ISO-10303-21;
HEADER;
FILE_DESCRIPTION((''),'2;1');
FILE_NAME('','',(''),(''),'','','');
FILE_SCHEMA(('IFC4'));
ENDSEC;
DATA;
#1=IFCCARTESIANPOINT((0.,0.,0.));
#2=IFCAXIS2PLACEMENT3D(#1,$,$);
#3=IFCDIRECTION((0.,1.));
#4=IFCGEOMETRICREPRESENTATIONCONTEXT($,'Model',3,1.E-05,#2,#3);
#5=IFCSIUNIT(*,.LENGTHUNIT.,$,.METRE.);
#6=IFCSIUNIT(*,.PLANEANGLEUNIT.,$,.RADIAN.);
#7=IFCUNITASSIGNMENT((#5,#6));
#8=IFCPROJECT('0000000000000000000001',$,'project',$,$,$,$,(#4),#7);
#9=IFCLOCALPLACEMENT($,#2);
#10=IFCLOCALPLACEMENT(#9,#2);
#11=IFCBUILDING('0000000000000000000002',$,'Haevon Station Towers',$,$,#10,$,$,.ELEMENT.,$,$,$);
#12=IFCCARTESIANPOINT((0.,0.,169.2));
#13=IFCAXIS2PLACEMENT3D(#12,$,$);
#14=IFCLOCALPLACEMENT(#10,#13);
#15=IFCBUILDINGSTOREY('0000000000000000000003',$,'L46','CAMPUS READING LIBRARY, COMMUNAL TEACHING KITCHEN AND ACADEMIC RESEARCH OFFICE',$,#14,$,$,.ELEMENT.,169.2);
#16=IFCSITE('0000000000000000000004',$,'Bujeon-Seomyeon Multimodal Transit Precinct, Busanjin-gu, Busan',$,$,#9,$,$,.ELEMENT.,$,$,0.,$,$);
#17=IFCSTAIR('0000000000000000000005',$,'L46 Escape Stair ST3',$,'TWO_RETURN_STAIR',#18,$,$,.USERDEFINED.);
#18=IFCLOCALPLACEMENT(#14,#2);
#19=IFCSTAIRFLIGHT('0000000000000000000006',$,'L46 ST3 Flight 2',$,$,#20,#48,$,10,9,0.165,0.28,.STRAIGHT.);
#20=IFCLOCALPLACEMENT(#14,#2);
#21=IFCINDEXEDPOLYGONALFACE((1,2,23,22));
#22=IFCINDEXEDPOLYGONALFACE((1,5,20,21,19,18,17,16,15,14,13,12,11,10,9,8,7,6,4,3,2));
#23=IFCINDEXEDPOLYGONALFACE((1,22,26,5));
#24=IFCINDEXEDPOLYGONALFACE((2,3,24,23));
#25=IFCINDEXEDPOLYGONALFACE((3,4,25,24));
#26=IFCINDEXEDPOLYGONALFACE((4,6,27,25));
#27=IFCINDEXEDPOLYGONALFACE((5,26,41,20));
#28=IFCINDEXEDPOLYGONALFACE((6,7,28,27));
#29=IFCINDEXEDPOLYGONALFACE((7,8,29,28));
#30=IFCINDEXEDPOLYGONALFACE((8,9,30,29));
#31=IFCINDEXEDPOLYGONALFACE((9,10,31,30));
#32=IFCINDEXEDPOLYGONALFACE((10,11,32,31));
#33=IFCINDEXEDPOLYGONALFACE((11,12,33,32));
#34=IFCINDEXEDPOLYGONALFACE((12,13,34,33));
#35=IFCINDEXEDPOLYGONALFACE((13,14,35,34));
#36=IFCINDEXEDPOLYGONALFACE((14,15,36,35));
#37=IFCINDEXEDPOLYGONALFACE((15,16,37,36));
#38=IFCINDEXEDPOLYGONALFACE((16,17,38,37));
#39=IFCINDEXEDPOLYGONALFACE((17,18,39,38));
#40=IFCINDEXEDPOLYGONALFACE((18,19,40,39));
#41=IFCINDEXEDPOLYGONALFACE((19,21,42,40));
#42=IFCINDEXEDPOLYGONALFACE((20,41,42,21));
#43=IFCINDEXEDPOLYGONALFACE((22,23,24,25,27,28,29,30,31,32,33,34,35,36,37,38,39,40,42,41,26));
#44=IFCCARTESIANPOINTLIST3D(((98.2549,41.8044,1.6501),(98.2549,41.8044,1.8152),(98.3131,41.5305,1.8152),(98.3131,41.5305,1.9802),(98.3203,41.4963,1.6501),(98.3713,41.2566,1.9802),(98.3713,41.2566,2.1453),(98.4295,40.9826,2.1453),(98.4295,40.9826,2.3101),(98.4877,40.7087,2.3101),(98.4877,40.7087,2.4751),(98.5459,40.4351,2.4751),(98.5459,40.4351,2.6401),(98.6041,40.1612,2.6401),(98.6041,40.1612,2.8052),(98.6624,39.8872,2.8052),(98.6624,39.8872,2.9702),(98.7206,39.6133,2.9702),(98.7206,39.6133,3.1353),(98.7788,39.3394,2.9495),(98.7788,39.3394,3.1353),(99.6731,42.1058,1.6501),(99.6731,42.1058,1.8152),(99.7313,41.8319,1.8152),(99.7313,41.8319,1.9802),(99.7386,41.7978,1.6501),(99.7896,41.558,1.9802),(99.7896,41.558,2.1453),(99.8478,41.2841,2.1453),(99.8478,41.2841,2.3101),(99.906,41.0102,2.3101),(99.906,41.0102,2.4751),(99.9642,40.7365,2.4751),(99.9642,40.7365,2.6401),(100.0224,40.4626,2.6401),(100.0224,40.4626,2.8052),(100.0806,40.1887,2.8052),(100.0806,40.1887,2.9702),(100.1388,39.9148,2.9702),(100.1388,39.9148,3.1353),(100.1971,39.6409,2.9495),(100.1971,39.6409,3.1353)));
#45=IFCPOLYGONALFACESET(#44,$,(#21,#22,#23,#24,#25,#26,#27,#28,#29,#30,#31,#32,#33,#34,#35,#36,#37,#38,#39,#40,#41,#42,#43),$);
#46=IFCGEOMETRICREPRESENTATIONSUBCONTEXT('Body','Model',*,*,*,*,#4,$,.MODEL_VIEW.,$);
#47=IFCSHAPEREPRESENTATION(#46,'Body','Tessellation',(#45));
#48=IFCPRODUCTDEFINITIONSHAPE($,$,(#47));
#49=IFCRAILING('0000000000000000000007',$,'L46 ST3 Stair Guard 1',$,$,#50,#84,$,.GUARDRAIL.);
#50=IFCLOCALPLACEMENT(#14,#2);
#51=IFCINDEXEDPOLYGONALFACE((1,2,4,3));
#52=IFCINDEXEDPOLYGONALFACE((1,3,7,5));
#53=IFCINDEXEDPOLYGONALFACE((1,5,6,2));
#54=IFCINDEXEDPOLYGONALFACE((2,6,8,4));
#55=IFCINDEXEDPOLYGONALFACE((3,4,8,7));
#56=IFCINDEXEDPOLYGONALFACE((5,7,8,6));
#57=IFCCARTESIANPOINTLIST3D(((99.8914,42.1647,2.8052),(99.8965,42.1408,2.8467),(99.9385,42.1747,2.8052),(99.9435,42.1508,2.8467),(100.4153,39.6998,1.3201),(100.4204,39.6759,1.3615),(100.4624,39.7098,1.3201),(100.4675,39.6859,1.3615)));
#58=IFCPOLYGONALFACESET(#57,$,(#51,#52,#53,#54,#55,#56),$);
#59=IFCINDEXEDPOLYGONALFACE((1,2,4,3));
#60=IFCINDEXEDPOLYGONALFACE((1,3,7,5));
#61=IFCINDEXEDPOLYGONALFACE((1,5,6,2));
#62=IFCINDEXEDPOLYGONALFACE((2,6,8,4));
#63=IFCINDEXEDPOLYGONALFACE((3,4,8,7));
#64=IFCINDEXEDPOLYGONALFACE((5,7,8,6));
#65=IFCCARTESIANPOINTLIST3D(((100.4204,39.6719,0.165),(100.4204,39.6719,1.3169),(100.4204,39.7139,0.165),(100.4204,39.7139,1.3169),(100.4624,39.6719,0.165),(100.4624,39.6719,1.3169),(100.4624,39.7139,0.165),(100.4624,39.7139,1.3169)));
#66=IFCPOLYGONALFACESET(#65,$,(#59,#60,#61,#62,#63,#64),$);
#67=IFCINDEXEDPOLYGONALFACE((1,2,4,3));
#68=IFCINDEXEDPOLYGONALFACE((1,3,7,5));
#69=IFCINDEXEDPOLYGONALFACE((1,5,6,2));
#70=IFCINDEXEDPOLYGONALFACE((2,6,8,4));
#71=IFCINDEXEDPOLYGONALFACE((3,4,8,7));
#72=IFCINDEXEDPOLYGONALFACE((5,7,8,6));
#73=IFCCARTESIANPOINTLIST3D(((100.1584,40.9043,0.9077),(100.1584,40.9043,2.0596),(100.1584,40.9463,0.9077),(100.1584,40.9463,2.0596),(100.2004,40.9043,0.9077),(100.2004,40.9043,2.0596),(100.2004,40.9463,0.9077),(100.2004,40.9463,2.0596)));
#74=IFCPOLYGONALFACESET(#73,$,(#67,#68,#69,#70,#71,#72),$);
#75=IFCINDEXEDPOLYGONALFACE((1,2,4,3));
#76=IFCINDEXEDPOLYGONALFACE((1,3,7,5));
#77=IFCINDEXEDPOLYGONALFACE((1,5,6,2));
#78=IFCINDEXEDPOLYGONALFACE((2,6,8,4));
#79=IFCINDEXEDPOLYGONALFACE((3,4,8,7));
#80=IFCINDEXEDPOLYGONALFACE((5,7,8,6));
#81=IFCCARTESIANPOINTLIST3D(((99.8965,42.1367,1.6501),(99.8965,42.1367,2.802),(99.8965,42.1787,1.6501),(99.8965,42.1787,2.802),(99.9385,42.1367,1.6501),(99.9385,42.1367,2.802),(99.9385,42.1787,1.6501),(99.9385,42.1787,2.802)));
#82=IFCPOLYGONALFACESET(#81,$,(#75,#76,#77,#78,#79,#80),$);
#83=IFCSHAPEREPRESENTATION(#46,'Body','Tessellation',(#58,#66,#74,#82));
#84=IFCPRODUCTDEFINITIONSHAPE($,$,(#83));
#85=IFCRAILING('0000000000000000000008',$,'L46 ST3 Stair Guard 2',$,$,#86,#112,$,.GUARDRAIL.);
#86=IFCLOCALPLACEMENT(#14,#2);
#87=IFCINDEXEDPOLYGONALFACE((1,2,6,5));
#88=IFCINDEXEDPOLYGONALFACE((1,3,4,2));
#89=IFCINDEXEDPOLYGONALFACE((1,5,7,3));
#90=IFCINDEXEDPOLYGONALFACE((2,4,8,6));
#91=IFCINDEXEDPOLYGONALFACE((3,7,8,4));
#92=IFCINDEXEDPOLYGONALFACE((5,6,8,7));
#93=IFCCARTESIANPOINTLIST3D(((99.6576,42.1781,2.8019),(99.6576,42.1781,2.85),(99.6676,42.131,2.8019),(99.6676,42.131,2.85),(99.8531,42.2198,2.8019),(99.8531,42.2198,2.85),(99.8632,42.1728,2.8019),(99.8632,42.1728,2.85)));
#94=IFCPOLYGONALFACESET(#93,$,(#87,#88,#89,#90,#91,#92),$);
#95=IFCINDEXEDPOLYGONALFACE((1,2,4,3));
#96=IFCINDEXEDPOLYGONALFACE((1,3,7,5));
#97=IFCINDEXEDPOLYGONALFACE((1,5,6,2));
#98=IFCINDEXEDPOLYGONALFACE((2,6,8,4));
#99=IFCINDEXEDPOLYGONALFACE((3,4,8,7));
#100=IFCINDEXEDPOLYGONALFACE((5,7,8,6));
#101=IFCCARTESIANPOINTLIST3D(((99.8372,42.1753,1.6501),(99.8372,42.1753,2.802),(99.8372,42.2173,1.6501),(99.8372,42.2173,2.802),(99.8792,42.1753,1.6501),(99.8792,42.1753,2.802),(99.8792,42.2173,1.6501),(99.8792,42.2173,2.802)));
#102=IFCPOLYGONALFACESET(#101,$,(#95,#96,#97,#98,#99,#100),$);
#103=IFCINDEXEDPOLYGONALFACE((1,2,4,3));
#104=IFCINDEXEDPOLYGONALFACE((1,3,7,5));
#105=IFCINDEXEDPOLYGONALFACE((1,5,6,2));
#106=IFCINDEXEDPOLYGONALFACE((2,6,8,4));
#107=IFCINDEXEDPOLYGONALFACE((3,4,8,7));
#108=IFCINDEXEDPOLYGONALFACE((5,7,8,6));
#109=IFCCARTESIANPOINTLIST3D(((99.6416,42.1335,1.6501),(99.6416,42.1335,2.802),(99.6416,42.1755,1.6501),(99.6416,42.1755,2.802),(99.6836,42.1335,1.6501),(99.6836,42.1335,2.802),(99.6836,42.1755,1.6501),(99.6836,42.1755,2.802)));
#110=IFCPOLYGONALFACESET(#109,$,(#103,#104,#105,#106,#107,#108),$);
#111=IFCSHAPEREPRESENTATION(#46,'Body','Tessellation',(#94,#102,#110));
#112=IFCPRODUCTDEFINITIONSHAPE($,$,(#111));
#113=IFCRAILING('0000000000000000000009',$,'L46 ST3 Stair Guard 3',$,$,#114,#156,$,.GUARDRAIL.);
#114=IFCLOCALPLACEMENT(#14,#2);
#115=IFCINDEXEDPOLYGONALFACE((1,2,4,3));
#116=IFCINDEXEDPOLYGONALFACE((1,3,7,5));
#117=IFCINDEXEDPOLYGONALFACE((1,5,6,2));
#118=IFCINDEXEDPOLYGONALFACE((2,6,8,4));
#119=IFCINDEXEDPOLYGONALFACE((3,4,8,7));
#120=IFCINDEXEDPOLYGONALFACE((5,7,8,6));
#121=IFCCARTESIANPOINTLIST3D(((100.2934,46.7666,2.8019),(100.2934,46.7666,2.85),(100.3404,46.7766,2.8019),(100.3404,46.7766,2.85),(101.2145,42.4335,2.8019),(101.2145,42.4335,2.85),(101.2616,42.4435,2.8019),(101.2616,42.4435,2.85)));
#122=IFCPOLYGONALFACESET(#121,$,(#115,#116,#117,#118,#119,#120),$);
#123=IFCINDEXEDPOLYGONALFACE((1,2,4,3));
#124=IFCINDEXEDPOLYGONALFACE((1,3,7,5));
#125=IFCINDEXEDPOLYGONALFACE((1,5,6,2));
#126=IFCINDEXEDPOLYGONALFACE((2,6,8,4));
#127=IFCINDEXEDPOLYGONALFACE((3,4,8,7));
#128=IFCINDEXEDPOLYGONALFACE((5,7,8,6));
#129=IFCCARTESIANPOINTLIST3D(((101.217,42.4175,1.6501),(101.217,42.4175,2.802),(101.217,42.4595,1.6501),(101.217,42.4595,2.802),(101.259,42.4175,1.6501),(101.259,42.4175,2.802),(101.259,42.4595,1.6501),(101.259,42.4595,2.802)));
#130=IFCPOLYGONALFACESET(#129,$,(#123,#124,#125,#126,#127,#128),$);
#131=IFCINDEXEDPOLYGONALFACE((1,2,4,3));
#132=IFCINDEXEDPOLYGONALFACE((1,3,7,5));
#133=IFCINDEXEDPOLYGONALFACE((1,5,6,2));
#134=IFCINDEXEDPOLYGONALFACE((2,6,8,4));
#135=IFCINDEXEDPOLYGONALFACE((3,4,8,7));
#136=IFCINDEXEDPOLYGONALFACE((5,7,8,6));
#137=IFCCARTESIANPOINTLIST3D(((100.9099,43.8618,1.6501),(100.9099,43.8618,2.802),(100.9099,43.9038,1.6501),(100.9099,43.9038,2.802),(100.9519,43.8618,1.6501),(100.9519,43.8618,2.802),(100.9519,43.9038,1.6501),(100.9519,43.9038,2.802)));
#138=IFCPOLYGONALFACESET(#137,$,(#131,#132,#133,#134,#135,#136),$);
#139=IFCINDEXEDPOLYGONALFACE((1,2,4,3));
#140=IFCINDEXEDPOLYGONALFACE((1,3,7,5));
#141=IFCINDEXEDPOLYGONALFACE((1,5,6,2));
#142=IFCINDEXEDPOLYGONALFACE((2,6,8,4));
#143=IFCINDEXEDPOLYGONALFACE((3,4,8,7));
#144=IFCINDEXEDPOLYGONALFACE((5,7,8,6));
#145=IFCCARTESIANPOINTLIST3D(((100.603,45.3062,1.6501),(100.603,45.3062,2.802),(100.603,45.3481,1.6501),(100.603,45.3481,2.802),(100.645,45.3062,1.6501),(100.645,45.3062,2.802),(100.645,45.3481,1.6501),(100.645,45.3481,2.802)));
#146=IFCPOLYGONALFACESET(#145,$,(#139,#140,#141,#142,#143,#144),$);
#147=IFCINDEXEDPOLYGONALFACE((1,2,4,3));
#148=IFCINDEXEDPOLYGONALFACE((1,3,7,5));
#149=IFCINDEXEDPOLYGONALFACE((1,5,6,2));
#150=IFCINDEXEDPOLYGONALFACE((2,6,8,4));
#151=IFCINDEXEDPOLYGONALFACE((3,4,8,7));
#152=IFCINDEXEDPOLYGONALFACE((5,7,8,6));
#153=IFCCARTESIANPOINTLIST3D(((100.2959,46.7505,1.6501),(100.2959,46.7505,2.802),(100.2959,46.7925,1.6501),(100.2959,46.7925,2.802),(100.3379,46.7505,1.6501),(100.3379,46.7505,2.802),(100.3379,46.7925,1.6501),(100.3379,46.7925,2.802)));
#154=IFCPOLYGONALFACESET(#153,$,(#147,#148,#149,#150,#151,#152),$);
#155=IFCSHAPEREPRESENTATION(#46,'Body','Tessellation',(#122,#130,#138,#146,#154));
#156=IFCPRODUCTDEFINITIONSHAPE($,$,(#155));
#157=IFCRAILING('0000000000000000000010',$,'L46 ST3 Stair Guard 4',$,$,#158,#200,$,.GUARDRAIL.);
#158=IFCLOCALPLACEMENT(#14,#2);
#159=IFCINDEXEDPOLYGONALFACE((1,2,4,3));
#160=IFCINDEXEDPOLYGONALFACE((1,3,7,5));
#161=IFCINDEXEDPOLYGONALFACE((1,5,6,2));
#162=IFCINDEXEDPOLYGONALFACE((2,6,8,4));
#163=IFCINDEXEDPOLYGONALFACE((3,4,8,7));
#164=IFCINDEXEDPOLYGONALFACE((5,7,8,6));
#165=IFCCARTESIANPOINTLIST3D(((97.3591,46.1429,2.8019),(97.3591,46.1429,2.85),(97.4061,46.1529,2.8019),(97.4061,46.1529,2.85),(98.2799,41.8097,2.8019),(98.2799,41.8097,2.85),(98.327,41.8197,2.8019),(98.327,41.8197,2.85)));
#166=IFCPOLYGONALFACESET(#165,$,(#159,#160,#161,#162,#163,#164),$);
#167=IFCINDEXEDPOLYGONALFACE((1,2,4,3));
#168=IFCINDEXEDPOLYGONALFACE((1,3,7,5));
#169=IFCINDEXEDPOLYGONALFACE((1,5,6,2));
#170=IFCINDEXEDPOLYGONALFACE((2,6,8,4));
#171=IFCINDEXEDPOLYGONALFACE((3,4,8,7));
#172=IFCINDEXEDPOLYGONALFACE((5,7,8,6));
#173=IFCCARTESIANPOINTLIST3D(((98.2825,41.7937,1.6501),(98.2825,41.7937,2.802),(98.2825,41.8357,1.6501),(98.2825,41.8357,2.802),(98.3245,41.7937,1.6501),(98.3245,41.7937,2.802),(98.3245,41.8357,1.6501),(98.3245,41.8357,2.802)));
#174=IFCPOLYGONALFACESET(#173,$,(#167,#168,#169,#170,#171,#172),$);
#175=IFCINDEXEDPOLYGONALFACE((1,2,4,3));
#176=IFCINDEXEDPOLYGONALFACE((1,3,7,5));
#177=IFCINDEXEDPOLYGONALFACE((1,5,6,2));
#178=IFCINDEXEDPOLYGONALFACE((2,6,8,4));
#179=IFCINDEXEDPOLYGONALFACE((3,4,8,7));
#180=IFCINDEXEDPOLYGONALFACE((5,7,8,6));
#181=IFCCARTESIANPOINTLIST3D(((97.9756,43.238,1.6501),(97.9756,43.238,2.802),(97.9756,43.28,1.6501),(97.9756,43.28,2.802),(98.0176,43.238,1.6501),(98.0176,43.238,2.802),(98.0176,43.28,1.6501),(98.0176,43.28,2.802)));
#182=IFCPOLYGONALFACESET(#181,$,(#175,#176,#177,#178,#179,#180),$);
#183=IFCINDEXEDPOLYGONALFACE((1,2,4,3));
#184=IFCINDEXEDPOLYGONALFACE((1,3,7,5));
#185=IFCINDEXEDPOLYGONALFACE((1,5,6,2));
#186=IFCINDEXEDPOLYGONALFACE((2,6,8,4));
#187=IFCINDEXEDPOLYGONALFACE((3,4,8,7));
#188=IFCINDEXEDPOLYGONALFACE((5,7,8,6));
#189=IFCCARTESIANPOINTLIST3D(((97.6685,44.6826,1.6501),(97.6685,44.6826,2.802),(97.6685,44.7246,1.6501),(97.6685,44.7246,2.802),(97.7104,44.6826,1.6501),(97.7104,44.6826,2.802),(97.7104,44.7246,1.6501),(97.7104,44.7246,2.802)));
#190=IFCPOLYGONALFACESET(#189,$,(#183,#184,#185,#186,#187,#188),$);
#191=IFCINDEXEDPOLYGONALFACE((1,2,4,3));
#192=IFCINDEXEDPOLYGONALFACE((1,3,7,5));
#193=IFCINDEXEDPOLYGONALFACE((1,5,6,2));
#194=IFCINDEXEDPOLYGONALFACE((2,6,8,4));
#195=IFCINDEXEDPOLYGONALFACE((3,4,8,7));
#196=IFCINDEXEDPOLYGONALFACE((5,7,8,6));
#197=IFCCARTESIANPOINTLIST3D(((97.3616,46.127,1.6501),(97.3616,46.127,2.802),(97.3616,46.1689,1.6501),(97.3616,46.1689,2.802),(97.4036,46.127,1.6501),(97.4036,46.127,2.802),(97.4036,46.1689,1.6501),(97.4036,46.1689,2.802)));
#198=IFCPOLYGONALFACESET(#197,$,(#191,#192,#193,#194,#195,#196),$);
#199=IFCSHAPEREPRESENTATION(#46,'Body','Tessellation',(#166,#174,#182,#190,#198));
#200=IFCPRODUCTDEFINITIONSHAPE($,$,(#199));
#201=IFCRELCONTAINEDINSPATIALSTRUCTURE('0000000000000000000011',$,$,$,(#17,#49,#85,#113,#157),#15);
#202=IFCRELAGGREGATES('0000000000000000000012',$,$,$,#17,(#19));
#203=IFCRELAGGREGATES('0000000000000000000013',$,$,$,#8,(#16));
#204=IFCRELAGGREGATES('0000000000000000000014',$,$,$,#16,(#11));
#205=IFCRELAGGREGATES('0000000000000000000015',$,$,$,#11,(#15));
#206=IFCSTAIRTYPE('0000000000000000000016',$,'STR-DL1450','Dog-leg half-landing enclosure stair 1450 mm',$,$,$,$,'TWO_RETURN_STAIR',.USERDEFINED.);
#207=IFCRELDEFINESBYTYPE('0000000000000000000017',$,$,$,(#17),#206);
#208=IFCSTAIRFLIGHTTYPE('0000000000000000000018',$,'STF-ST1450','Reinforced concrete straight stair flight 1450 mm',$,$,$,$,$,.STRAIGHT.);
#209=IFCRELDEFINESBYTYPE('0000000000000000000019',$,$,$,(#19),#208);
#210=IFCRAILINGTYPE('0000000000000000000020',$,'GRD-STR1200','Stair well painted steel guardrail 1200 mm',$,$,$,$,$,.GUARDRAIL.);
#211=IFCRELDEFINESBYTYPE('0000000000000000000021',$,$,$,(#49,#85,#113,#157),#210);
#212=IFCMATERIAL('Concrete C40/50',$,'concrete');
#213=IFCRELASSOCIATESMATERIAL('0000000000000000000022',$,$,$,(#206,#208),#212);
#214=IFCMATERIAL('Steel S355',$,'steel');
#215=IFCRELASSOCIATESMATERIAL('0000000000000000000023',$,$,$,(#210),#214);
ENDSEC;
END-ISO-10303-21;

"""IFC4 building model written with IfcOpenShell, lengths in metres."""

from ifc_helpers import new_model, si_unit, direction, frame, origin, origin_2d, place, context, subcontext, project, spatial, polyline, rectangle, outline, extrude, material, type_object, element, aggregate, save


model = new_model("IFC4")

# Units and contexts
model_context = context("Model", 3, precision=1e-05, world=origin(), true_north=direction((0.0, 1.0)))
body_context = subcontext(model_context, "Body", "Model", "MODEL_VIEW")
ifc_project = project(units=[si_unit("LENGTHUNIT", "METRE"), si_unit("PLANEANGLEUNIT", "RADIAN")], contexts=[model_context])

# Site, building, storey
site_placement = place(None, origin())
site = spatial("IfcSite", under=ifc_project, at=site_placement, Name="Bujeon-Seomyeon Multimodal Transit Precinct, Busanjin-gu, Busan", CompositionType="ELEMENT", RefElevation=0.0)
building_placement = place(site_placement, origin())
building = spatial("IfcBuilding", under=site, at=building_placement, Name="Haevon Station Towers", CompositionType="ELEMENT")
storey_placement = place(building_placement, frame((0.0, 0.0, 169.2)))
storey = spatial("IfcBuildingStorey", under=building, at=storey_placement, Name="L46", Description="CAMPUS READING LIBRARY, COMMUNAL TEACHING KITCHEN AND ACADEMIC RESEARCH OFFICE", CompositionType="ELEMENT", Elevation=169.2)

# Shared definitions
ifc_material_1 = material(Name="Steel S355", Category="steel")

# Shared definitions
ifc_material_2 = material(Name="Concrete C40/50", Category="concrete")

# Stair, stair flight
stair_type = type_object("IfcStairType", Name="STR-DL1450", Description="Dog-leg half-landing enclosure stair 1450 mm", ElementType="TWO_RETURN_STAIR", PredefinedType="USERDEFINED", material=ifc_material_2)
stair_placement = place(storey_placement, origin())
stair = element("IfcStair", 1, at=stair_placement, inside=storey, type_object=stair_type, Name="L46 Escape Stair ST3", ObjectType="TWO_RETURN_STAIR", PredefinedType="USERDEFINED")
stair_flight_type = type_object("IfcStairFlightType", Name="STF-ST1450", Description="Reinforced concrete straight stair flight 1450 mm", PredefinedType="STRAIGHT", material=ifc_material_2)
stair_flight_1_placement = place(storey_placement, frame((98.9639, 41.9551, 1.6501), z_axis=(0.0, 0.0, 1.0), x_axis=(0.207912, -0.978148, 0.0)))
stair_flight_1 = element("IfcStairFlight", 2, at=stair_flight_1_placement, type_object=stair_flight_type, Name="L46 ST3 Flight 2", NumberOfRisers=10, NumberOfTreads=9, PredefinedType="STRAIGHT", RiserHeight=0.165, TreadLength=0.28, context=body_context, shape_type="SweptSolid", body=[
    extrude(outline(polyline([(0.0, 0.0), (0.0, 0.165), (0.28, 0.165), (0.28, 0.3301), (0.5601, 0.3301), (0.5601, 0.4951), (0.8401, 0.4951), (0.8401, 0.6599), (1.1201, 0.6599), (1.1201, 0.825), (1.3999, 0.825), (1.3999, 0.99), (1.6799, 0.99), (1.6799, 1.155), (1.96, 1.155), (1.96, 1.3201), (2.24, 1.3201), (2.24, 1.4851), (2.52, 1.4851), (2.52, 1.6499), (2.52, 1.2993), (0.3149, 0.0), (0.0, 0.0)])), frame((0.0, 0.7251, 0.0), z_axis=(0.0, -1.0, 0.0), x_axis=(1.0, 0.0, 0.0)), (0.0, 0.0, 1.0), 1.45),
])
aggregate(stair, [stair_flight_1])

# Railings
railing_type_1 = type_object("IfcRailingType", Name="GRD-STR1200", Description="Stair well painted steel guardrail 1200 mm", PredefinedType="GUARDRAIL", material=ifc_material_1)
railing_1_placement = place(storey_placement, frame((100.4414, 39.6929, 0.165)))
element("IfcRailing", 3, at=railing_1_placement, inside=storey, type_object=railing_type_1, Name="L46 ST3 Stair Guard 1", PredefinedType="GUARDRAIL", context=body_context, shape_type="SweptSolid", body=[
    extrude(rectangle(XDim=0.0481, YDim=0.0481, at=origin_2d()), frame((0.0, 0.0, 1.1758), z_axis=(-0.179121, 0.842688, 0.507733), x_axis=(-0.978147, -0.207914, 0.0)), (0.0, 0.0, 1.0), 2.925),
    extrude(rectangle(XDim=0.042, YDim=0.042, at=origin_2d()), origin(), (0.0, 0.0, 1.0), 1.1519),
    extrude(rectangle(XDim=0.042, YDim=0.042, at=origin_2d()), frame((-0.262, 1.2324, 0.7427)), (0.0, 0.0, 1.0), 1.1519),
    extrude(rectangle(XDim=0.042, YDim=0.042, at=origin_2d()), frame((-0.5239, 2.4648, 1.4851)), (0.0, 0.0, 1.0), 1.1519),
])
railing_2_placement = place(storey_placement, frame((99.8582, 42.1963, 1.6501)))
element("IfcRailing", 4, at=railing_2_placement, inside=storey, type_object=railing_type_1, Name="L46 ST3 Stair Guard 2", PredefinedType="GUARDRAIL", context=body_context, shape_type="SweptSolid", body=[
    extrude(rectangle(XDim=0.0481, YDim=0.0481, at=origin_2d()), frame((0.0, 0.0, 1.1758), z_axis=(-0.977963, -0.208779, 0.0), x_axis=(0.208779, -0.977963, 0.0)), (0.0, 0.0, 1.0), 0.2),
    extrude(rectangle(XDim=0.042, YDim=0.042, at=origin_2d()), origin(), (0.0, 0.0, 1.0), 1.1519),
    extrude(rectangle(XDim=0.042, YDim=0.042, at=origin_2d()), frame((-0.1956, -0.0417, 0.0)), (0.0, 0.0, 1.0), 1.1519),
])
railing_3_placement = place(storey_placement, frame((101.238, 42.4385, 1.6501)))
element("IfcRailing", 5, at=railing_3_placement, inside=storey, type_object=railing_type_1, Name="L46 ST3 Stair Guard 3", PredefinedType="GUARDRAIL", context=body_context, shape_type="SweptSolid", body=[
    extrude(rectangle(XDim=0.0481, YDim=0.0481, at=origin_2d()), frame((0.0, 0.0, 1.1758), z_axis=(-0.20794, 0.978141, 0.0), x_axis=(-0.978141, -0.20794, 0.0)), (0.0, 0.0, 1.0), 4.4299),
    extrude(rectangle(XDim=0.042, YDim=0.042, at=origin_2d()), origin(), (0.0, 0.0, 1.0), 1.1519),
    extrude(rectangle(XDim=0.042, YDim=0.042, at=origin_2d()), frame((-0.3071, 1.4443, 0.0)), (0.0, 0.0, 1.0), 1.1519),
    extrude(rectangle(XDim=0.042, YDim=0.042, at=origin_2d()), frame((-0.614, 2.8887, 0.0)), (0.0, 0.0, 1.0), 1.1519),
    extrude(rectangle(XDim=0.042, YDim=0.042, at=origin_2d()), frame((-0.9211, 4.333, 0.0)), (0.0, 0.0, 1.0), 1.1519),
])
railing_4_placement = place(storey_placement, frame((98.3035, 41.8147, 1.6501)))
element("IfcRailing", 6, at=railing_4_placement, inside=storey, type_object=railing_type_1, Name="L46 ST3 Stair Guard 4", PredefinedType="GUARDRAIL", context=body_context, shape_type="SweptSolid", body=[
    extrude(rectangle(XDim=0.0481, YDim=0.0481, at=origin_2d()), frame((0.0, 0.0, 1.1758), z_axis=(-0.207877, 0.978155, 0.0), x_axis=(-0.978155, -0.207877, 0.0)), (0.0, 0.0, 1.0), 4.4299),
    extrude(rectangle(XDim=0.042, YDim=0.042, at=origin_2d()), origin(), (0.0, 0.0, 1.0), 1.1519),
    extrude(rectangle(XDim=0.042, YDim=0.042, at=origin_2d()), frame((-0.3069, 1.4443, 0.0)), (0.0, 0.0, 1.0), 1.1519),
    extrude(rectangle(XDim=0.042, YDim=0.042, at=origin_2d()), frame((-0.614, 2.8889, 0.0)), (0.0, 0.0, 1.0), 1.1519),
    extrude(rectangle(XDim=0.042, YDim=0.042, at=origin_2d()), frame((-0.9209, 4.3333, 0.0)), (0.0, 0.0, 1.0), 1.1519),
])

save(model, "model.ifc")
